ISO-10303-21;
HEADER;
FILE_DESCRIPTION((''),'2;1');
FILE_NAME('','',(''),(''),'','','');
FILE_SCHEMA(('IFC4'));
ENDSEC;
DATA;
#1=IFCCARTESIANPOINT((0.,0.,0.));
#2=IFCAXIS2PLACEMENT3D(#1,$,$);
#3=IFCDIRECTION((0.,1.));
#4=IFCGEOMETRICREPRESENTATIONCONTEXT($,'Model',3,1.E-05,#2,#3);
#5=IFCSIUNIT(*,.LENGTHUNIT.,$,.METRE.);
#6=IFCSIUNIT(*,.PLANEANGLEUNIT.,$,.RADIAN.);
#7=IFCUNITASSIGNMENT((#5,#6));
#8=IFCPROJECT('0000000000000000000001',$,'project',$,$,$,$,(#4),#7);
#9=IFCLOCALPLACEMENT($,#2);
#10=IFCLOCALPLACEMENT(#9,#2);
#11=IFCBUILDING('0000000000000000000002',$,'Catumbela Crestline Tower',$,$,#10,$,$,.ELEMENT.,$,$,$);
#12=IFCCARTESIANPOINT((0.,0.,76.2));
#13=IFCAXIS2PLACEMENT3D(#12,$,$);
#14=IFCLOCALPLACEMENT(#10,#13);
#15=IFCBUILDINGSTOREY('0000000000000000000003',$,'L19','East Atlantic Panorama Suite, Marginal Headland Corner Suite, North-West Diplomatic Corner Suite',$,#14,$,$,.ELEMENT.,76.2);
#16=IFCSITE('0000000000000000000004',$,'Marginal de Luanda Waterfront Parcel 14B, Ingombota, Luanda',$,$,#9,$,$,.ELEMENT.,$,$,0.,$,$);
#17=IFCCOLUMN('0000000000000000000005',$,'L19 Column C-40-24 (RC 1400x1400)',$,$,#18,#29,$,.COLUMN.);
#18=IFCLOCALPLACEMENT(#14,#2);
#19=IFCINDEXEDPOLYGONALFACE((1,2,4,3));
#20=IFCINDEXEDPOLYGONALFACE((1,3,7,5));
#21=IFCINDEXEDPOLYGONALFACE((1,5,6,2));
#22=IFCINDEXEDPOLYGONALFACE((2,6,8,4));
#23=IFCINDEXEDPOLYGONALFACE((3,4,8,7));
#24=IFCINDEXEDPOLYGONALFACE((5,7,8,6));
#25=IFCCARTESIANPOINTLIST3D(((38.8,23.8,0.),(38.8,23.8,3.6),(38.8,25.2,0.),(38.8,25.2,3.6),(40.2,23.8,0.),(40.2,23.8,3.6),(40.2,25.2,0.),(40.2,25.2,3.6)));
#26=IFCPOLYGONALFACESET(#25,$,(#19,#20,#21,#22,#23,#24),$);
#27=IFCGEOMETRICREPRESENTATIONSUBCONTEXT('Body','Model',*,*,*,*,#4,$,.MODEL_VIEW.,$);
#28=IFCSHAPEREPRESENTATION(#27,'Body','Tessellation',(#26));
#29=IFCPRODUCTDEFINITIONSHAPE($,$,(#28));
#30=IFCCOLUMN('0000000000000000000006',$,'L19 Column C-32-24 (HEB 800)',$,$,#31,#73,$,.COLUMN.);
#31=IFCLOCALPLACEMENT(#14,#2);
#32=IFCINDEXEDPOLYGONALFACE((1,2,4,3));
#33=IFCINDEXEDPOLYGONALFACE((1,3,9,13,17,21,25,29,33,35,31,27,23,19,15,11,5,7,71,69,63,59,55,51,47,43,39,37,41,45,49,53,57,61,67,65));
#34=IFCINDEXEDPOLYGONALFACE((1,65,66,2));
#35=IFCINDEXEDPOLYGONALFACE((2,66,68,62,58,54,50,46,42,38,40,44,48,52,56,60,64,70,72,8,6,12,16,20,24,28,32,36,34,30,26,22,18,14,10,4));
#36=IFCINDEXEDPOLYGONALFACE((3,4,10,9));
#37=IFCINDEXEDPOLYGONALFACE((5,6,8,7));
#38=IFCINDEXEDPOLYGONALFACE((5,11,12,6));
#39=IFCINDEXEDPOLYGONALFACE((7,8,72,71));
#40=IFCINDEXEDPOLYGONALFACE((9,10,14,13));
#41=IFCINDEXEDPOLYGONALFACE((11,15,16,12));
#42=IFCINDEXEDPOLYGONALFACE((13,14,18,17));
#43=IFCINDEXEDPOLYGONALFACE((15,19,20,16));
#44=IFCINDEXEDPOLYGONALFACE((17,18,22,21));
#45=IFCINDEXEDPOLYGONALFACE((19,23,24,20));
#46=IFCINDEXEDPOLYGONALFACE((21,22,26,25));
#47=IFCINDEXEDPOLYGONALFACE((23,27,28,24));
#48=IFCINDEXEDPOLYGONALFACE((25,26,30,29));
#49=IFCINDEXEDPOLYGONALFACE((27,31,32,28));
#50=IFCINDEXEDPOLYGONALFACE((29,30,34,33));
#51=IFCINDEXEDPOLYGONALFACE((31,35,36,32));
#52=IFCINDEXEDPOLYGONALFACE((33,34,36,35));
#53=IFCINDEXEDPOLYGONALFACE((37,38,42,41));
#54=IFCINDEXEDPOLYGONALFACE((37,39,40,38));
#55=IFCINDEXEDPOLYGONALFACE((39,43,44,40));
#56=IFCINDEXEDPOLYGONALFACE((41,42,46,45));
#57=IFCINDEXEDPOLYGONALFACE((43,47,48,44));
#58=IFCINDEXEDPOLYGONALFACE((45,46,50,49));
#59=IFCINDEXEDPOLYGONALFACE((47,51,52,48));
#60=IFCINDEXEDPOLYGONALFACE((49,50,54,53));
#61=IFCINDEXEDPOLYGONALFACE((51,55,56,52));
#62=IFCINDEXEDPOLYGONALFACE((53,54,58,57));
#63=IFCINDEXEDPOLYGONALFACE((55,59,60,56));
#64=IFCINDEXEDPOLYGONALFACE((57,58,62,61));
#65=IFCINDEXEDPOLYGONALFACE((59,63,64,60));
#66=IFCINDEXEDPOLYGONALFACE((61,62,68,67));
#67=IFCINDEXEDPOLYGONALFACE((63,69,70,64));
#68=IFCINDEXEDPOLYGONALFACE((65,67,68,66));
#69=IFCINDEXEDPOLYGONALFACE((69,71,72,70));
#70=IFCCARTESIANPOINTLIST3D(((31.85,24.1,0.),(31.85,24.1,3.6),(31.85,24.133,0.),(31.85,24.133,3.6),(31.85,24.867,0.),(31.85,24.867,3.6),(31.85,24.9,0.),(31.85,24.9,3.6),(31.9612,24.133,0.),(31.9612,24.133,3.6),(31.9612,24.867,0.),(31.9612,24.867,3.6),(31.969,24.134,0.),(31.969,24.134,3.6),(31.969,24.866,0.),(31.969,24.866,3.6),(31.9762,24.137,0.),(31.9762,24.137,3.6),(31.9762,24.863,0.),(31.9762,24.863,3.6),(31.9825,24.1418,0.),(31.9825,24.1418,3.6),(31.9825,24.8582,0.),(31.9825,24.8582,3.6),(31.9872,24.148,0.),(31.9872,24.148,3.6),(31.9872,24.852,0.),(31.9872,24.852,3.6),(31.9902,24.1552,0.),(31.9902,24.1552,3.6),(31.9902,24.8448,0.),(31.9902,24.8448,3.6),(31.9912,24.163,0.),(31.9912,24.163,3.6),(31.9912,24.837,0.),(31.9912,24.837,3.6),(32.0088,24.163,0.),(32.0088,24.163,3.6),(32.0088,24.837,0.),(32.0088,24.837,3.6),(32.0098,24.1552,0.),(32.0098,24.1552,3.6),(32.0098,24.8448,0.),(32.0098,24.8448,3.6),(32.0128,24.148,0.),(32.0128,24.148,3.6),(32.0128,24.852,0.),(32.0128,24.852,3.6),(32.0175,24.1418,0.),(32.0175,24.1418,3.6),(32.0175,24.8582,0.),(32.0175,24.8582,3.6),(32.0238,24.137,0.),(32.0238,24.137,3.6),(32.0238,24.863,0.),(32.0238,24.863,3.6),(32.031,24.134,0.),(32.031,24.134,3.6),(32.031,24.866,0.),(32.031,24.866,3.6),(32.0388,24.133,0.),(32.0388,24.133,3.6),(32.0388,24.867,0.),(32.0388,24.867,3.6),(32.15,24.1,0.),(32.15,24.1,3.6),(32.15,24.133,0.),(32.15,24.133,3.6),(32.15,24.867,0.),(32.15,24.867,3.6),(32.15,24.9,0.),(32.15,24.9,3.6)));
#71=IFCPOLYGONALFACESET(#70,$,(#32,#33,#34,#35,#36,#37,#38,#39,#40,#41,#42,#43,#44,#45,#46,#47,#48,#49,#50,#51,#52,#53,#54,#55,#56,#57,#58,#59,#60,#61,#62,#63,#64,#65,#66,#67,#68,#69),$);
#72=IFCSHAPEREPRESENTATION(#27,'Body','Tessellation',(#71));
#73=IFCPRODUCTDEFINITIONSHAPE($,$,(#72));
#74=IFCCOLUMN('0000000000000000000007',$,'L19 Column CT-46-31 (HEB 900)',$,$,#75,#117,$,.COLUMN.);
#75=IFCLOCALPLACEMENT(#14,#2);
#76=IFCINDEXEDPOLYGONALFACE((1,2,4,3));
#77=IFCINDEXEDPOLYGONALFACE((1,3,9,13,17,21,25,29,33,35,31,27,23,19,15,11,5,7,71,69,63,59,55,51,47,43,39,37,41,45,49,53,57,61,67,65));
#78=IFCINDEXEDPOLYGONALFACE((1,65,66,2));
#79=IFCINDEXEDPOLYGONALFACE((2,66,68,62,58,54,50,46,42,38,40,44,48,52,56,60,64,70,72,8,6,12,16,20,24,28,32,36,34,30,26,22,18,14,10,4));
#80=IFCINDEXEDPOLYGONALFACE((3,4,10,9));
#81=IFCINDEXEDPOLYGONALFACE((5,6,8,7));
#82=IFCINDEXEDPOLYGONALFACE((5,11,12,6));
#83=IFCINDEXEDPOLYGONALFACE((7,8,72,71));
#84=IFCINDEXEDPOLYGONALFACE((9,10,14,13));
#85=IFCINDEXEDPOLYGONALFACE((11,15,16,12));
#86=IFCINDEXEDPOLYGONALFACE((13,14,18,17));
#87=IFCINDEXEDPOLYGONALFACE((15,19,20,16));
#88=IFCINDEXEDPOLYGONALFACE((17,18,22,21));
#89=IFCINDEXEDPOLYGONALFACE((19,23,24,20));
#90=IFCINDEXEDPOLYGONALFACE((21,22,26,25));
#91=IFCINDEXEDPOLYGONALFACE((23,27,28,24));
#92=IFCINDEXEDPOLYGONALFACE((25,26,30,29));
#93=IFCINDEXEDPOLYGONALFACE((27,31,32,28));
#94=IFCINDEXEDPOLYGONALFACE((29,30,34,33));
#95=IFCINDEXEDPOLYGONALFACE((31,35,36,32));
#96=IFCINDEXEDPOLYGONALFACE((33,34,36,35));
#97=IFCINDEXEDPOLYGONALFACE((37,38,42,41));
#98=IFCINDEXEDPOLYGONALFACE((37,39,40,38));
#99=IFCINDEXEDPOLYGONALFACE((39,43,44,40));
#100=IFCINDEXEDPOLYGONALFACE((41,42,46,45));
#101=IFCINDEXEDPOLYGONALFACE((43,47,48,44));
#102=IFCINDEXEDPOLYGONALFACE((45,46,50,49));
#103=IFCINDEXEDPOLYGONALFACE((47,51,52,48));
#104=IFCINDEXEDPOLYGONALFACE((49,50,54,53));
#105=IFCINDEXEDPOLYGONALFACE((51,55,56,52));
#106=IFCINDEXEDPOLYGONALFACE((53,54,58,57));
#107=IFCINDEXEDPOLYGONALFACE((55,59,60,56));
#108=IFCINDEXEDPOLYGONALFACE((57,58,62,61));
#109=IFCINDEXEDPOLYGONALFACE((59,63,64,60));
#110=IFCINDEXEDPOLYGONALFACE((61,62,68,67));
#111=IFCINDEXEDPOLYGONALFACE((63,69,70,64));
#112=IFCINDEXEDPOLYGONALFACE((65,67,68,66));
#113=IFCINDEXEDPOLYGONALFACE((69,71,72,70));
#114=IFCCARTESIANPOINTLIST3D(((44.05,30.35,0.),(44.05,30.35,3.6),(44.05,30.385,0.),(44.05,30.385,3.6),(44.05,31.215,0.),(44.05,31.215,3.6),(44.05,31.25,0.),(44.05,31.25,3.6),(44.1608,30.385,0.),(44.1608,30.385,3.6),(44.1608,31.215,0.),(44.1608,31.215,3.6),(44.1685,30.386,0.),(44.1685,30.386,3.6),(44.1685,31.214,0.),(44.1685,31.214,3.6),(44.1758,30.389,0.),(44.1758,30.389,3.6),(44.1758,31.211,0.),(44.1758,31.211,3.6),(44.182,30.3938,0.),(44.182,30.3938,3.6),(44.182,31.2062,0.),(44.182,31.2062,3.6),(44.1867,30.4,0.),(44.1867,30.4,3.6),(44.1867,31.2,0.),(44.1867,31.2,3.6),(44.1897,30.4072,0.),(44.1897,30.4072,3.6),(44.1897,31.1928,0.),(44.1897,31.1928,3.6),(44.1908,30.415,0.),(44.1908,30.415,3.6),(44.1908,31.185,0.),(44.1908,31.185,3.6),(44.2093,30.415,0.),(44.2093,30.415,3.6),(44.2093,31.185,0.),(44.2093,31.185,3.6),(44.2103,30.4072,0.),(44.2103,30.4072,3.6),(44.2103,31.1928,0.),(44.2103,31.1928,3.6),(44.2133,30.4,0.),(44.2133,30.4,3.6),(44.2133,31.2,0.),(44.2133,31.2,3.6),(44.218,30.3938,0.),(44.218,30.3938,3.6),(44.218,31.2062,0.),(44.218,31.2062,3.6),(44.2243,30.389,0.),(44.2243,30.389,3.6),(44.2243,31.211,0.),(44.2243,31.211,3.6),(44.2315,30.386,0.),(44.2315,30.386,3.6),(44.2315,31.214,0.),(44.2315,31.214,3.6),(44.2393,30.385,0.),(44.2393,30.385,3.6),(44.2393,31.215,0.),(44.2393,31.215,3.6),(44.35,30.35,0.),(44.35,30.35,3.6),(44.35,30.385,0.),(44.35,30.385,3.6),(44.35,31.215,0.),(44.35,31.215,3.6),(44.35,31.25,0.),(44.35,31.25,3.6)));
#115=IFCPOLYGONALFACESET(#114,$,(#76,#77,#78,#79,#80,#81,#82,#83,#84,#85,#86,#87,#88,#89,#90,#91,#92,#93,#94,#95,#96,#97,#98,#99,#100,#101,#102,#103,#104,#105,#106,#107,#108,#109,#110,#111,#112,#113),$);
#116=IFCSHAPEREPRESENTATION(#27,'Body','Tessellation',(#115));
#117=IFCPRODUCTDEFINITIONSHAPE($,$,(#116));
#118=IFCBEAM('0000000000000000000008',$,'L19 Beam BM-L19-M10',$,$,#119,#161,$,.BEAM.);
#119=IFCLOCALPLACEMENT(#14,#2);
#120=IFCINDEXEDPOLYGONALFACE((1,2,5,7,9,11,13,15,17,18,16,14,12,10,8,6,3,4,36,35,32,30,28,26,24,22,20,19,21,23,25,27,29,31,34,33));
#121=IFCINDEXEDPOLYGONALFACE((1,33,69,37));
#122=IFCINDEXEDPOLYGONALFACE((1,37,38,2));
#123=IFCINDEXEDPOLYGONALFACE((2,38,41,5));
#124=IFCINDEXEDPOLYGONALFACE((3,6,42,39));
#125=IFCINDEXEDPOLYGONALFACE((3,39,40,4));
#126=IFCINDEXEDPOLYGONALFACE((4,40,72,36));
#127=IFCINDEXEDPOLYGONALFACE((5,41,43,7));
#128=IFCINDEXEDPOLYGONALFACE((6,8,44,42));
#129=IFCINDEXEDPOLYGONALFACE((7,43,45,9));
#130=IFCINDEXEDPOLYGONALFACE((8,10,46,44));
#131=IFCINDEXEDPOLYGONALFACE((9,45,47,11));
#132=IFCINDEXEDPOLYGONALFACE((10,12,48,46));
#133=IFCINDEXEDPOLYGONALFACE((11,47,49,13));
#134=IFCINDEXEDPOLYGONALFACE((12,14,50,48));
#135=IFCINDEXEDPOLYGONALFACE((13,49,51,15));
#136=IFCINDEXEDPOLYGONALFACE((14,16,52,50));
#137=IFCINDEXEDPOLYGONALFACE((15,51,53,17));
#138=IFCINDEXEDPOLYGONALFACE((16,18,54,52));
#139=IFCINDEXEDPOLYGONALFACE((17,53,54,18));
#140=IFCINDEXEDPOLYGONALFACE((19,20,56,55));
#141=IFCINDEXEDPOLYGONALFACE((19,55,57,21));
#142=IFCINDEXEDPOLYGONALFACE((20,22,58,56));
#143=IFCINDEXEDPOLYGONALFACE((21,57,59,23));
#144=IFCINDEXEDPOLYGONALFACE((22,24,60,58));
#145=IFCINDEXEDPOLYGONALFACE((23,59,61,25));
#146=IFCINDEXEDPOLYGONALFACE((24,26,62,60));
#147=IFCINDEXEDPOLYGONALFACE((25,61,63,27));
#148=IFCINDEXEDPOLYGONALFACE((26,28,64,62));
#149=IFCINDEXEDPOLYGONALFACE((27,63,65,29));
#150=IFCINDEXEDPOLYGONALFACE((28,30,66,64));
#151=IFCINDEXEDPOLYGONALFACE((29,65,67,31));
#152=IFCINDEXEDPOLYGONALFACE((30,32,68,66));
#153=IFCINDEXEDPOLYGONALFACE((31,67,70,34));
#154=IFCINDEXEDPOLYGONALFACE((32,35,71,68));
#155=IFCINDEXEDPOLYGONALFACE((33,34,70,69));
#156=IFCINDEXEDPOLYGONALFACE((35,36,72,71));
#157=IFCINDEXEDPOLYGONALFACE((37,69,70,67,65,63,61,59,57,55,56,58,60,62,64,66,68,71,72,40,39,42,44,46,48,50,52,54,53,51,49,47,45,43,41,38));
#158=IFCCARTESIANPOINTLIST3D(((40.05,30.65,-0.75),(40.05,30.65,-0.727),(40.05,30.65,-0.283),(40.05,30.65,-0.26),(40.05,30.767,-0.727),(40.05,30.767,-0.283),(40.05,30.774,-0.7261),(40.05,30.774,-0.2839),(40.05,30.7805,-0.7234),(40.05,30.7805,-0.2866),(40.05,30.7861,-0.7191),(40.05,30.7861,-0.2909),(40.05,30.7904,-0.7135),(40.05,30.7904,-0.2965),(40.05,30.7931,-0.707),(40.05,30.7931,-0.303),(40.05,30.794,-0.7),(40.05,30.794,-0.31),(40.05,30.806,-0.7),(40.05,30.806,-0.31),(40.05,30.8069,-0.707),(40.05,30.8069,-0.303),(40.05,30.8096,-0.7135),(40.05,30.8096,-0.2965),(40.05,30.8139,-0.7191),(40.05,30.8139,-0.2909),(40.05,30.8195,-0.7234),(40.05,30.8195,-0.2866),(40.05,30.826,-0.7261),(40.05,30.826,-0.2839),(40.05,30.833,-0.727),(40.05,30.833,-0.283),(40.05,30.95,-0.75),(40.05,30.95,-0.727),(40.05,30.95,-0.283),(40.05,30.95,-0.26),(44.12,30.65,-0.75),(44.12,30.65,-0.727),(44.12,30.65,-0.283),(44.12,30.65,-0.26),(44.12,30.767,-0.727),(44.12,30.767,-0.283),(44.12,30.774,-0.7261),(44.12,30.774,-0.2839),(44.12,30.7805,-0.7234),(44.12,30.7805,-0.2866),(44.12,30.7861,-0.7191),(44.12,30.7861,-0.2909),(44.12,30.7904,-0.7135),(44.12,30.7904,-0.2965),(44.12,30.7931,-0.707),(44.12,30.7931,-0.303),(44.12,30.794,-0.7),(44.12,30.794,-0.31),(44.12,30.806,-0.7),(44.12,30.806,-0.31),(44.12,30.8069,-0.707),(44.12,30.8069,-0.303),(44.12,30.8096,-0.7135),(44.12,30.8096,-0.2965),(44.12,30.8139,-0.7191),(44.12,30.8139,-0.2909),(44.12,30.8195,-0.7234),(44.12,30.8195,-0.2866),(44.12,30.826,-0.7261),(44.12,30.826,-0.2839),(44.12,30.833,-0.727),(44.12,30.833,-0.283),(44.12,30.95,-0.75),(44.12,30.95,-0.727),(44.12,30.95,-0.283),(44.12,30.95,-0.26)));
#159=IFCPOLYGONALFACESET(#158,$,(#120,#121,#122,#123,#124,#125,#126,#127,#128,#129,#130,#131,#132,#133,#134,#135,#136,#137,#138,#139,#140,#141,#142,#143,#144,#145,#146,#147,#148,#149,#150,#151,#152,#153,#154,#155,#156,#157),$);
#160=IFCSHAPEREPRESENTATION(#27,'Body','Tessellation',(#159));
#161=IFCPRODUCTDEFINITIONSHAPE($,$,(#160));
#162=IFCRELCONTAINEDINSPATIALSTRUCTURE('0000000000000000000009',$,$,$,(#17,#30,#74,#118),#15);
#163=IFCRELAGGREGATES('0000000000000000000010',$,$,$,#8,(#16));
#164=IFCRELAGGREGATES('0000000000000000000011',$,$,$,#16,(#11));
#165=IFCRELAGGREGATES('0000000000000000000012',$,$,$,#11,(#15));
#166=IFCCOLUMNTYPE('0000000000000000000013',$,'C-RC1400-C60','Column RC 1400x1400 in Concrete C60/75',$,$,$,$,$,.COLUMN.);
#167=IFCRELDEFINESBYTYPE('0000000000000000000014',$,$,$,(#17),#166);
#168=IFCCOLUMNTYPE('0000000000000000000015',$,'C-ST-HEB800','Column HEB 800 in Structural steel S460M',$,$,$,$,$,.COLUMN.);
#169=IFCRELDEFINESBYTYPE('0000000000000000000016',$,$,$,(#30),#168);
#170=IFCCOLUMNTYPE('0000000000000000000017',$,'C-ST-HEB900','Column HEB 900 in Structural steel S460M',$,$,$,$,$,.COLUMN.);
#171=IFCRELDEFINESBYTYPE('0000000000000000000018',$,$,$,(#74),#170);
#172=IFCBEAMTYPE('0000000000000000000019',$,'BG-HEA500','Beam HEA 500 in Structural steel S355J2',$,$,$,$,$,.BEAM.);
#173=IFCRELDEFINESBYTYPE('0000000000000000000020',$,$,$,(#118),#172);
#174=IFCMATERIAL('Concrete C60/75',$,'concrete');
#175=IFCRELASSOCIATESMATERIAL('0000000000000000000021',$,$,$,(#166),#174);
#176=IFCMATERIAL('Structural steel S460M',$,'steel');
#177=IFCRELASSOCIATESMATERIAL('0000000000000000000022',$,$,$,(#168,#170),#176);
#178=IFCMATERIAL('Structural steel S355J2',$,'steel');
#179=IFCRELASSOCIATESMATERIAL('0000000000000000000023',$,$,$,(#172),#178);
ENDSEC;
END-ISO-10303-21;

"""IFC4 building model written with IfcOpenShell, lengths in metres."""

from ifc_helpers import new_model, si_unit, direction, frame, origin, origin_2d, place, context, subcontext, project, spatial, rectangle, i_section, extrude, material, material_profile, profile_set, type_object, element, save


model = new_model("IFC4")

# Units and contexts
model_context = context("Model", 3, precision=1e-05, world=origin(), true_north=direction((0.0, 1.0)))
body_context = subcontext(model_context, "Body", "Model", "MODEL_VIEW")
ifc_project = project(units=[si_unit("LENGTHUNIT", "METRE"), si_unit("PLANEANGLEUNIT", "RADIAN")], contexts=[model_context])

# Site, building, storey
site_placement = place(None, origin())
site = spatial("IfcSite", under=ifc_project, at=site_placement, Name="Marginal de Luanda Waterfront Parcel 14B, Ingombota, Luanda", CompositionType="ELEMENT", RefElevation=0.0)
building_placement = place(site_placement, origin())
building = spatial("IfcBuilding", under=site, at=building_placement, Name="Catumbela Crestline Tower", CompositionType="ELEMENT")
storey_placement = place(building_placement, frame((0.0, 0.0, 76.2)))
storey = spatial("IfcBuildingStorey", under=building, at=storey_placement, Name="L19", Description="East Atlantic Panorama Suite, Marginal Headland Corner Suite, North-West Diplomatic Corner Suite", CompositionType="ELEMENT", Elevation=76.2)

# Columns
ifc_material_1 = material(Name="Concrete C60/75", Category="concrete")
ifc_material_profile_1 = material_profile(ifc_material_1, rectangle(XDim=1.4, YDim=1.4, at=origin_2d()), Name="RC 1400x1400")
ifc_profile_set_1 = profile_set([ifc_material_profile_1], Name="Concrete C60/75")
column_type_1 = type_object("IfcColumnType", Name="C-RC1400-C60", Description="Column RC 1400x1400 in Concrete C60/75", PredefinedType="COLUMN", material=ifc_profile_set_1)
column_1_placement = place(storey_placement, frame((39.5, 24.5, 0.0), z_axis=(0.0, 0.0, 1.0), x_axis=(1.0, 0.0, 0.0)))
element("IfcColumn", 1, at=column_1_placement, inside=storey, type_object=column_type_1, Name="L19 Column C-40-24 (RC 1400x1400)", PredefinedType="COLUMN", context=body_context, shape_type="SweptSolid", body=[
    extrude(rectangle(XDim=1.4, YDim=1.4, at=origin_2d()), origin(), (0.0, 0.0, 1.0), 3.6),
])
ifc_material_2 = material(Name="Structural steel S460M", Category="steel")
ifc_material_profile_2 = material_profile(ifc_material_2, i_section(OverallWidth=0.3, OverallDepth=0.8, WebThickness=0.0175, FlangeThickness=0.033, FilletRadius=0.03, at=origin_2d()), Name="HEB 800")
ifc_profile_set_2 = profile_set([ifc_material_profile_2], Name="Structural steel S460M")
column_type_2 = type_object("IfcColumnType", Name="C-ST-HEB800", Description="Column HEB 800 in Structural steel S460M", PredefinedType="COLUMN", material=ifc_profile_set_2)
column_2_placement = place(storey_placement, frame((32.0, 24.5, 0.0), z_axis=(0.0, 0.0, 1.0), x_axis=(1.0, 0.0, 0.0)))
element("IfcColumn", 2, at=column_2_placement, inside=storey, type_object=column_type_2, Name="L19 Column C-32-24 (HEB 800)", PredefinedType="COLUMN", context=body_context, shape_type="SweptSolid", body=[
    extrude(i_section(OverallWidth=0.3, OverallDepth=0.8, WebThickness=0.0175, FlangeThickness=0.033, FilletRadius=0.03, at=origin_2d()), origin(), (0.0, 0.0, 1.0), 3.6),
])
ifc_material_profile_3 = material_profile(ifc_material_2, i_section(OverallWidth=0.3, OverallDepth=0.9, WebThickness=0.0185, FlangeThickness=0.035, FilletRadius=0.03, at=origin_2d()), Name="HEB 900")
ifc_profile_set_3 = profile_set([ifc_material_profile_3], Name="Structural steel S460M")
column_type_3 = type_object("IfcColumnType", Name="C-ST-HEB900", Description="Column HEB 900 in Structural steel S460M", PredefinedType="COLUMN", material=ifc_profile_set_3)
column_3_placement = place(storey_placement, frame((44.2, 30.8, 0.0), z_axis=(0.0, 0.0, 1.0), x_axis=(1.0, 0.0, 0.0)))
element("IfcColumn", 3, at=column_3_placement, inside=storey, type_object=column_type_3, Name="L19 Column CT-46-31 (HEB 900)", PredefinedType="COLUMN", context=body_context, shape_type="SweptSolid", body=[
    extrude(i_section(OverallWidth=0.3, OverallDepth=0.9, WebThickness=0.0185, FlangeThickness=0.035, FilletRadius=0.03, at=origin_2d()), origin(), (0.0, 0.0, 1.0), 3.6),
])

# Beam
ifc_material_3 = material(Name="Structural steel S355J2", Category="steel")
ifc_material_profile_4 = material_profile(ifc_material_3, i_section(OverallWidth=0.3, OverallDepth=0.49, WebThickness=0.012, FlangeThickness=0.023, FilletRadius=0.027, at=origin_2d()), Name="HEA 500")
ifc_profile_set_4 = profile_set([ifc_material_profile_4], Name="Structural steel S355J2")
beam_type_1 = type_object("IfcBeamType", Name="BG-HEA500", Description="Beam HEA 500 in Structural steel S355J2", PredefinedType="BEAM", material=ifc_profile_set_4)
beam_1_placement = place(storey_placement, frame((40.05, 30.8, -0.505), z_axis=(1.0, 0.0, 0.0), x_axis=(0.0, 1.0, 0.0)))
element("IfcBeam", 4, at=beam_1_placement, inside=storey, type_object=beam_type_1, Name="L19 Beam BM-L19-M10", PredefinedType="BEAM", context=body_context, shape_type="SweptSolid", body=[
    extrude(i_section(OverallWidth=0.3, OverallDepth=0.49, WebThickness=0.012, FlangeThickness=0.023, FilletRadius=0.027, at=origin_2d()), origin(), (0.0, 0.0, 1.0), 4.07),
])

save(model, "model.ifc")
